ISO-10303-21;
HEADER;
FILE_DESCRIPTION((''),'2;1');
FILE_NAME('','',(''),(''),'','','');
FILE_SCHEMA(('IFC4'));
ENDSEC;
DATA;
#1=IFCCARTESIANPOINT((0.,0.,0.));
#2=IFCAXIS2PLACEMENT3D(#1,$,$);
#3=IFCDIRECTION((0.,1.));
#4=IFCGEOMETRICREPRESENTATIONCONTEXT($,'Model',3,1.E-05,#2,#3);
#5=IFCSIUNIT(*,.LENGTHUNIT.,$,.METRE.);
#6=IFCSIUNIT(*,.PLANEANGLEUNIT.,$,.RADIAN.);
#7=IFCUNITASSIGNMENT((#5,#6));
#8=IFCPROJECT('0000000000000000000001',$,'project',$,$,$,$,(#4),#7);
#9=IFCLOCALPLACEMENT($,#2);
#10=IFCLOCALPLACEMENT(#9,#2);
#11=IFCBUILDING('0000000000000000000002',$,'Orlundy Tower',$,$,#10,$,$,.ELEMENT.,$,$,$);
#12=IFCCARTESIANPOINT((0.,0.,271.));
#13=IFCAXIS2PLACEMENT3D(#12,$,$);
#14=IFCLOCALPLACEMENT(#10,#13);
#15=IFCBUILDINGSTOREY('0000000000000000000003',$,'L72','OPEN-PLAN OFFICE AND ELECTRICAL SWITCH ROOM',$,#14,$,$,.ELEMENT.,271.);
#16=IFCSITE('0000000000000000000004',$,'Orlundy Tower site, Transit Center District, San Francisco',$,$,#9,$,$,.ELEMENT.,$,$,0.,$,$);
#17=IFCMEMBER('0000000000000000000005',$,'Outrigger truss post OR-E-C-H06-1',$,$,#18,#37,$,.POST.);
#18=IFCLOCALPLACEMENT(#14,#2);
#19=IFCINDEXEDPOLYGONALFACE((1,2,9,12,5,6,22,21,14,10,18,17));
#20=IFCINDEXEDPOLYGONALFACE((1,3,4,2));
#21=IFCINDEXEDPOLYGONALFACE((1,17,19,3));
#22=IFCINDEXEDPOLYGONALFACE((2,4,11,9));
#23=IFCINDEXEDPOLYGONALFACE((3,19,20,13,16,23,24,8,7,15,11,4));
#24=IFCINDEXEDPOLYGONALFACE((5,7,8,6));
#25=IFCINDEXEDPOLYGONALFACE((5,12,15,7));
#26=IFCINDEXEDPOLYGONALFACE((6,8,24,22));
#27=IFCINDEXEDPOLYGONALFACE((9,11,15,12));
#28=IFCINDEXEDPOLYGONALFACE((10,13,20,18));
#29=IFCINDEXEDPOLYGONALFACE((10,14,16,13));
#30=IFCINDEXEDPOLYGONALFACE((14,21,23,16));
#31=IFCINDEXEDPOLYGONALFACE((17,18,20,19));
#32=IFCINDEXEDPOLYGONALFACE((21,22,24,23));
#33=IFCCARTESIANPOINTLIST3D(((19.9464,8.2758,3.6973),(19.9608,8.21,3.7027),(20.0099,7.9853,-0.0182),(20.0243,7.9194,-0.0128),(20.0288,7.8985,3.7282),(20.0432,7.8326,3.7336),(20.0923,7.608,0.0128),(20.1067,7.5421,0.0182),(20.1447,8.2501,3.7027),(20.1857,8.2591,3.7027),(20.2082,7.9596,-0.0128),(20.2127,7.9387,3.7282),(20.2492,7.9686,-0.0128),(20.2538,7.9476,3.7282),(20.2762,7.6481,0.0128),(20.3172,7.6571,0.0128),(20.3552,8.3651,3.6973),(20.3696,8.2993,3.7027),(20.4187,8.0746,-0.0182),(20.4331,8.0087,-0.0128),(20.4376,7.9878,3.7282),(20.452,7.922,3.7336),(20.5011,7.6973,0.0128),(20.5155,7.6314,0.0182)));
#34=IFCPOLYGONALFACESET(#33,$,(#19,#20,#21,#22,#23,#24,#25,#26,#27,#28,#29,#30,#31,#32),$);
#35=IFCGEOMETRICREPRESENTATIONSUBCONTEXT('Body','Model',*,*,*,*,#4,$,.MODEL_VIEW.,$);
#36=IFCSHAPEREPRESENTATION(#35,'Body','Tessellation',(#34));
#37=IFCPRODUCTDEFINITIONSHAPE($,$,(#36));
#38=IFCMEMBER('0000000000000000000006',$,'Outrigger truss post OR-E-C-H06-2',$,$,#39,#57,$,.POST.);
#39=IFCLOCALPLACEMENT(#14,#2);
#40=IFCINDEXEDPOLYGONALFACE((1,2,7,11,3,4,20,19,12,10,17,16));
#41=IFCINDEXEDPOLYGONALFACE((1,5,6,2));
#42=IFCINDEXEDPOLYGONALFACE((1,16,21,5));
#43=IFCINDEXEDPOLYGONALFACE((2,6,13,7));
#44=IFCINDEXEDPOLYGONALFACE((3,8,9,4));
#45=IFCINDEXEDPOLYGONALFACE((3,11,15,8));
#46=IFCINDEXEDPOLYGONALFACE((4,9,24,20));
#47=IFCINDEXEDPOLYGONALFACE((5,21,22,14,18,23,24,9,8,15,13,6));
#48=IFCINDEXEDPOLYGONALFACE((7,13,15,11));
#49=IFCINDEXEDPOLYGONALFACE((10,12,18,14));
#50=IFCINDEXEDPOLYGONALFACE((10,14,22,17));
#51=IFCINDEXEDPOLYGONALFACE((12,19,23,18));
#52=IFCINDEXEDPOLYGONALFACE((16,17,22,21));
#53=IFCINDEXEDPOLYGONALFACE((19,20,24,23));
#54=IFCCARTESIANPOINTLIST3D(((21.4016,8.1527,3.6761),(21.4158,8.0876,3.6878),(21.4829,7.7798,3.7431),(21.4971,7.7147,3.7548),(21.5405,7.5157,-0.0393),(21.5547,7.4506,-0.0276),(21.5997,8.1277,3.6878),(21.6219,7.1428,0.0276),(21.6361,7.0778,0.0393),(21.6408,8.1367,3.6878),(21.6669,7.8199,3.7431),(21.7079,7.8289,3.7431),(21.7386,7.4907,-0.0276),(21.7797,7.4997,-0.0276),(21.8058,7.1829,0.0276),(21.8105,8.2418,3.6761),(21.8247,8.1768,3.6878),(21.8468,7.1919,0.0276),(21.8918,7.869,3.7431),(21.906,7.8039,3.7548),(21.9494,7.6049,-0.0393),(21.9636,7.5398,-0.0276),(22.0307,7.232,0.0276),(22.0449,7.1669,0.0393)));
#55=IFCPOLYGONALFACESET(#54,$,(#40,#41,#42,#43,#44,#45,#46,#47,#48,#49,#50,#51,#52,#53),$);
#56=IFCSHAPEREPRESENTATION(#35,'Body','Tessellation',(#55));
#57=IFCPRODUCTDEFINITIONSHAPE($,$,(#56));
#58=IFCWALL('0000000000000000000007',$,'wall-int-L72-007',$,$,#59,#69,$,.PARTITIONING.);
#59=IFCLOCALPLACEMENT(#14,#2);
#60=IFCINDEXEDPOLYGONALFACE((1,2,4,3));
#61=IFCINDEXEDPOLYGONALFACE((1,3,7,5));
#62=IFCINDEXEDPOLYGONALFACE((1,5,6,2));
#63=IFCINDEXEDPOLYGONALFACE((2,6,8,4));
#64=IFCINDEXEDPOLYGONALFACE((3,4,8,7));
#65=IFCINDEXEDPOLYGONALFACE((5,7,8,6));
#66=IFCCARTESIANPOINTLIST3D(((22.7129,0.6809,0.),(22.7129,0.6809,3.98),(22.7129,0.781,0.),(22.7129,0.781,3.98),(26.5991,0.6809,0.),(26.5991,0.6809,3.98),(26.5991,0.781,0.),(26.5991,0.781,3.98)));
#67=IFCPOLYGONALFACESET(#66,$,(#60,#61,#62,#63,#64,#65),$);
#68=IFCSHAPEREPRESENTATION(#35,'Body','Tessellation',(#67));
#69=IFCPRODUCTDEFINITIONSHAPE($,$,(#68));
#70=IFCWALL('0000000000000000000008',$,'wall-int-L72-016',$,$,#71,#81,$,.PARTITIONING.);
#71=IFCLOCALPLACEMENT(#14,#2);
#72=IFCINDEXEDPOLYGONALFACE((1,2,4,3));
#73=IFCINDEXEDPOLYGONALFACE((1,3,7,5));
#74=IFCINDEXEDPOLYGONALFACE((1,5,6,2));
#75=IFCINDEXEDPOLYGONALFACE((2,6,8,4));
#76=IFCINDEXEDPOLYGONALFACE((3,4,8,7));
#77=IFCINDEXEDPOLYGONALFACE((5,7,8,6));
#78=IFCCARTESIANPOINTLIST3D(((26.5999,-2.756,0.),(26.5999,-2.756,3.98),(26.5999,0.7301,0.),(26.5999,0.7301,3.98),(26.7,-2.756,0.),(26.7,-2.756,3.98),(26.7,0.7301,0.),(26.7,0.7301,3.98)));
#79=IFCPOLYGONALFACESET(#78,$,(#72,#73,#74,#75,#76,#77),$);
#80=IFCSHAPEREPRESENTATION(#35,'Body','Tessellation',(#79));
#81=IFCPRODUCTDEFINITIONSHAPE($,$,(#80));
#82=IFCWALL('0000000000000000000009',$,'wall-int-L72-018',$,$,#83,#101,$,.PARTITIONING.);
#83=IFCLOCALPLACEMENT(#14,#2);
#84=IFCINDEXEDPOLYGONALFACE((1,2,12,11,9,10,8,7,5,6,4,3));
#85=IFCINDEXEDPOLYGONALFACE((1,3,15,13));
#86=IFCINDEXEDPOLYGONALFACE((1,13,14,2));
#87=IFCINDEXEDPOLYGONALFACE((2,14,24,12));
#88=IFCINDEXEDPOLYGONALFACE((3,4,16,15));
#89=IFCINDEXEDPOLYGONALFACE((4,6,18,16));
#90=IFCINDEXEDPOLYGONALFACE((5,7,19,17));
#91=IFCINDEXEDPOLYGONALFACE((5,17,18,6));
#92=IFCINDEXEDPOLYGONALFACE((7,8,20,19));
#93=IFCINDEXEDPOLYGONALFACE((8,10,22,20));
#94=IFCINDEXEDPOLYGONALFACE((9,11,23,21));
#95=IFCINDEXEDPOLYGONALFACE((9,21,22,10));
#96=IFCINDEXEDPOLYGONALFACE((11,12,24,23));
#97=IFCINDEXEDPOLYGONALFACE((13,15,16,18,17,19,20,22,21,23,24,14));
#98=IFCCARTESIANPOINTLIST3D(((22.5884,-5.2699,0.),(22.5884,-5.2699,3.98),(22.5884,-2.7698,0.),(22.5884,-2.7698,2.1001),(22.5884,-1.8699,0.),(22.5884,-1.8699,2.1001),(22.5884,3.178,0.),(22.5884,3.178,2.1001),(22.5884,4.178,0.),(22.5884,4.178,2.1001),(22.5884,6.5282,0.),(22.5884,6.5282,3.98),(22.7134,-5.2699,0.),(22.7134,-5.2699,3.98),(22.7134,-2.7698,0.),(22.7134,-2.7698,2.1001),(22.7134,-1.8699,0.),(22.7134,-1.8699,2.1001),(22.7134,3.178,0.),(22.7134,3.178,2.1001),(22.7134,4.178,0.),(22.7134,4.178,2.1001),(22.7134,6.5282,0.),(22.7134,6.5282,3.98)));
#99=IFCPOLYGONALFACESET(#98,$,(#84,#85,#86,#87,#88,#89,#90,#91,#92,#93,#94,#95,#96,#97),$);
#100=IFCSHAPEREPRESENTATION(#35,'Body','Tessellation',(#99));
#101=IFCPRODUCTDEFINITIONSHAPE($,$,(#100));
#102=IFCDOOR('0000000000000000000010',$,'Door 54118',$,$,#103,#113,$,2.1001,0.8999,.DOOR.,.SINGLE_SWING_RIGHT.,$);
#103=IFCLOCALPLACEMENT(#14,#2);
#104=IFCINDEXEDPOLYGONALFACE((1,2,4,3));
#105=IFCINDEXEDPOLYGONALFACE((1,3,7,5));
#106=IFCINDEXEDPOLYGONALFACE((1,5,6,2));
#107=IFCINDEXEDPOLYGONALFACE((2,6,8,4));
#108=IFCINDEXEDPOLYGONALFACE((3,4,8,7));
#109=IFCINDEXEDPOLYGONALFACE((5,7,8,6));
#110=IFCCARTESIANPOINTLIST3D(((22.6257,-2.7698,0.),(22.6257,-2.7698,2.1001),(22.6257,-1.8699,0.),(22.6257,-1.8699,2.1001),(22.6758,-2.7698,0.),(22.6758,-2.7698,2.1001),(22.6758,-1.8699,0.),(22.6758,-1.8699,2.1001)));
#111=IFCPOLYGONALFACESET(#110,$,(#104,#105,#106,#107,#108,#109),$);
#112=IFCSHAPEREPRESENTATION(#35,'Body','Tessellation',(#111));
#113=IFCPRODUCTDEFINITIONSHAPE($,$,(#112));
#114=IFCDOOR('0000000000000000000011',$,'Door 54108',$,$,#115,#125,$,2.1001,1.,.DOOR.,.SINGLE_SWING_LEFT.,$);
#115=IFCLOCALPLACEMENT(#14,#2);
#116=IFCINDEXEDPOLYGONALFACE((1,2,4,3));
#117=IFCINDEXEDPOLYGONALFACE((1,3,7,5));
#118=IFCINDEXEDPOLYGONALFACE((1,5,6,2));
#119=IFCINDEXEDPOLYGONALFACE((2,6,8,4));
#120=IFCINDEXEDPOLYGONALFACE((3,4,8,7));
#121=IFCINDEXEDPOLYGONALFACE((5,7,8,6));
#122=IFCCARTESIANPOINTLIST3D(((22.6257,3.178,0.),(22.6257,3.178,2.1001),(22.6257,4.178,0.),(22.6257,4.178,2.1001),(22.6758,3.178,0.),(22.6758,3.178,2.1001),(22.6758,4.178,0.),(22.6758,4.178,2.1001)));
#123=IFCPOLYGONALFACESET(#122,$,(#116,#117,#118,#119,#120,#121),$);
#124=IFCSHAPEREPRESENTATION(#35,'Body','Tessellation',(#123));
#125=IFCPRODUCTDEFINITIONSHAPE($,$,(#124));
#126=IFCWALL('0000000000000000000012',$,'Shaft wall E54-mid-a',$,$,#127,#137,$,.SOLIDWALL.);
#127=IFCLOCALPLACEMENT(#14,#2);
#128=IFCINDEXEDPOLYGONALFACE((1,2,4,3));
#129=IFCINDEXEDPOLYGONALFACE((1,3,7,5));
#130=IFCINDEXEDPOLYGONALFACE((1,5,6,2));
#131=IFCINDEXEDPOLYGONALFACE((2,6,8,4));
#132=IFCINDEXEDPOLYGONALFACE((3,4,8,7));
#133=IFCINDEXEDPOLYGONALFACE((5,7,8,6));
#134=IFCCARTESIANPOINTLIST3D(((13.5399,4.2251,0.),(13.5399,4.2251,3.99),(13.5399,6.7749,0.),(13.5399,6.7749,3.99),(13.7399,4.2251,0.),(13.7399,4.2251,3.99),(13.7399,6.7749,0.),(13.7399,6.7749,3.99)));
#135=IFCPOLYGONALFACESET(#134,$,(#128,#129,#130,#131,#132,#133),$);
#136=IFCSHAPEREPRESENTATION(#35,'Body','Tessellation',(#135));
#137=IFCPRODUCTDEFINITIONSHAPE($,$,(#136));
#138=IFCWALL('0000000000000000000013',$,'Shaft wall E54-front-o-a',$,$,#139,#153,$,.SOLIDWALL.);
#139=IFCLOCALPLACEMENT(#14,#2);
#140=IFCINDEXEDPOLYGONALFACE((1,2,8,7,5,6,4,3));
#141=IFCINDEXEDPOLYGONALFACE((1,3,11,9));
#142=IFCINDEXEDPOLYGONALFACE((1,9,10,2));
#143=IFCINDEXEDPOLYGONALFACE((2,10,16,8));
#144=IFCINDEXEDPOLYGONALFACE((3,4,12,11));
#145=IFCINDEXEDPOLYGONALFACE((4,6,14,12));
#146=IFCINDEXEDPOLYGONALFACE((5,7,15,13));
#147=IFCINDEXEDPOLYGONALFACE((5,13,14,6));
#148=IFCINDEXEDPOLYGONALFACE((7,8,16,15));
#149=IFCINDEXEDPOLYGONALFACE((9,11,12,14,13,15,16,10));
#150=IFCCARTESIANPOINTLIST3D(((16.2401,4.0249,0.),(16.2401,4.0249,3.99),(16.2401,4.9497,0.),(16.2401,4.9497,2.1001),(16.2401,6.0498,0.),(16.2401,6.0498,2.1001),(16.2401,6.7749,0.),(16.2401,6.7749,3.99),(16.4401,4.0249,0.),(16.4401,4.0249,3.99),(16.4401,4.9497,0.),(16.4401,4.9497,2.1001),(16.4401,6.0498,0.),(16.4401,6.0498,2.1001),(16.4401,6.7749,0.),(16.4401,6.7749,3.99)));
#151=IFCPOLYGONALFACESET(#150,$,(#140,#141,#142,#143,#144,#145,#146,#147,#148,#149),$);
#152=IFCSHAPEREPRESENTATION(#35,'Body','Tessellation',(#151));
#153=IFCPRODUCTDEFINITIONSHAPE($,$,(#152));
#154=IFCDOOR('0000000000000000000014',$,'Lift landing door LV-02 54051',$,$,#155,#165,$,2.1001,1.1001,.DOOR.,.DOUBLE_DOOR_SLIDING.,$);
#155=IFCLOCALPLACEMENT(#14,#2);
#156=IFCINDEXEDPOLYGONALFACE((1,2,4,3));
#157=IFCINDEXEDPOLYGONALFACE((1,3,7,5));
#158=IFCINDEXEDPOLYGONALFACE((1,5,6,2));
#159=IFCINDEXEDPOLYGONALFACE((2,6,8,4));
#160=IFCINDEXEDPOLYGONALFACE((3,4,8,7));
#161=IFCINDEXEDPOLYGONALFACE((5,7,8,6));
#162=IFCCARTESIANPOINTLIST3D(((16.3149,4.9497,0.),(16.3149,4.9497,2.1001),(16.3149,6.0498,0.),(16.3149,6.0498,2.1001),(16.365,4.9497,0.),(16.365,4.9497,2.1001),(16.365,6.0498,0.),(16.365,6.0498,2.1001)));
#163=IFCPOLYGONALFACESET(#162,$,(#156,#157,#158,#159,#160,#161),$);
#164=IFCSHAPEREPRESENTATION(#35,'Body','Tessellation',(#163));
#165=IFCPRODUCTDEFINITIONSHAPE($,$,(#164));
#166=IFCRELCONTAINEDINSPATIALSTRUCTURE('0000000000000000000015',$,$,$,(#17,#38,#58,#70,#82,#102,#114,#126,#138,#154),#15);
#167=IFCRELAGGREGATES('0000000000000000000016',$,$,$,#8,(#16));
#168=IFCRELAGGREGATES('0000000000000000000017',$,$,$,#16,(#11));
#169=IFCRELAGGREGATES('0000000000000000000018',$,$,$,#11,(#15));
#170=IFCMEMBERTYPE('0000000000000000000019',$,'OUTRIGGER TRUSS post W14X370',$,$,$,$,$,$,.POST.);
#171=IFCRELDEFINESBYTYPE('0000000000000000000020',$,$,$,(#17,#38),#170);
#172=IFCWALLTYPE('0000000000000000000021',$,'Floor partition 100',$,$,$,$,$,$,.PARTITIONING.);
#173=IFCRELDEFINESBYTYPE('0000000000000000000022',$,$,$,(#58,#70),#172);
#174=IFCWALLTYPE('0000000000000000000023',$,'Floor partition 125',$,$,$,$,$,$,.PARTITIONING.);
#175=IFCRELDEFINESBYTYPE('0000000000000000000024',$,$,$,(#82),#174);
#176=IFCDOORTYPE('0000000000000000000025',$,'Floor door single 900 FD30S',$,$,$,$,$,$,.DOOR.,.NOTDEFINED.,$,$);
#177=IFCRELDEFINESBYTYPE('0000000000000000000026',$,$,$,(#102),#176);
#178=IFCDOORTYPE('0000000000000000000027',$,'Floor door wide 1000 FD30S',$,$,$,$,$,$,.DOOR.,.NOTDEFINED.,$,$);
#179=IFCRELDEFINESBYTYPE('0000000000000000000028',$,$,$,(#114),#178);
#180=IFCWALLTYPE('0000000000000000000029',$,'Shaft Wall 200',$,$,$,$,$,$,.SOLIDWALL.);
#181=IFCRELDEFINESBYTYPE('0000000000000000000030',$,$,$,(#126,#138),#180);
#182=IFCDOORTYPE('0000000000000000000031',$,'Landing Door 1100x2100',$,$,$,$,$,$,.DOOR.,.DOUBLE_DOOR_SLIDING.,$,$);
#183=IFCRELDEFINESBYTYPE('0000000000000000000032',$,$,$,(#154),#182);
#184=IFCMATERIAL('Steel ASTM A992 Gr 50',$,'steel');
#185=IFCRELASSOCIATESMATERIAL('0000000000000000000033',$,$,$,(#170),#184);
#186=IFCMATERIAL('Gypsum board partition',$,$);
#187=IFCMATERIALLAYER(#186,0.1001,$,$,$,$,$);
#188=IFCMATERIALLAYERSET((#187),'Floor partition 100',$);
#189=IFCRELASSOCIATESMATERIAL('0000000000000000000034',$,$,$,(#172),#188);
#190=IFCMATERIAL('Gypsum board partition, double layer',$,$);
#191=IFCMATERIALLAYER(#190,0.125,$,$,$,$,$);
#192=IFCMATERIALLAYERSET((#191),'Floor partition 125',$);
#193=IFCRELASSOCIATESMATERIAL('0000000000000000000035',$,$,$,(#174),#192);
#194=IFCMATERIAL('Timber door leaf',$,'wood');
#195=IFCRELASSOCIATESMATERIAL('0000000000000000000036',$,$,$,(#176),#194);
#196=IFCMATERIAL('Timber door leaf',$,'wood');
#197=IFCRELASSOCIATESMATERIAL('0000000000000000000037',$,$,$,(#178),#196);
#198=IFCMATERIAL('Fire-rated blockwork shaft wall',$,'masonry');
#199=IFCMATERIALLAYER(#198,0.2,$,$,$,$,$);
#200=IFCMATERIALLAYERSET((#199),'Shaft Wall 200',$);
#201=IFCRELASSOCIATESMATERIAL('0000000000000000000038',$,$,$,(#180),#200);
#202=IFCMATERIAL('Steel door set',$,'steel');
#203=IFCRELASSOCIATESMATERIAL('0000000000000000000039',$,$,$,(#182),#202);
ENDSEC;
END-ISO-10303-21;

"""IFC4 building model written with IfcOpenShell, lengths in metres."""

from ifc_helpers import new_model, si_unit, direction, frame, frame_2d, origin, origin_2d, place, context, subcontext, project, spatial, rectangle, i_section, extrude, material, layer, layer_set, material_profile, profile_set, type_object, element, fill, save


model = new_model("IFC4")

# Units and contexts
model_context = context("Model", 3, precision=1e-05, world=origin(), true_north=direction((0.0, 1.0)))
body_context = subcontext(model_context, "Body", "Model", "MODEL_VIEW")
ifc_project = project(units=[si_unit("LENGTHUNIT", "METRE"), si_unit("PLANEANGLEUNIT", "RADIAN")], contexts=[model_context])

# Site, building, storey
site_placement = place(None, origin())
site = spatial("IfcSite", under=ifc_project, at=site_placement, Name="Orlundy Tower site, Transit Center District, San Francisco", CompositionType="ELEMENT", RefElevation=0.0)
building_placement = place(site_placement, origin())
building = spatial("IfcBuilding", under=site, at=building_placement, Name="Orlundy Tower", CompositionType="ELEMENT")
storey_placement = place(building_placement, frame((0.0, 0.0, 271.0)))
storey = spatial("IfcBuildingStorey", under=building, at=storey_placement, Name="L72", Description="OPEN-PLAN OFFICE AND ELECTRICAL SWITCH ROOM", CompositionType="ELEMENT", Elevation=271.0)

# Members
ifc_material_1 = material(Name="Steel ASTM A992 Gr 50", Category="steel")
ifc_material_profile = material_profile(ifc_material_1, i_section(OverallWidth=0.4185, OverallDepth=0.4551, WebThickness=0.042, FlangeThickness=0.0676, at=origin_2d()), Name="W14X370")
ifc_profile_set = profile_set([ifc_material_profile], Name="Steel ASTM A992 Gr 50")
member_type = type_object("IfcMemberType", Name="OUTRIGGER TRUSS post W14X370", PredefinedType="POST", material=ifc_profile_set)
member_1_placement = place(storey_placement, frame((20.2627, 7.8083, 0.0), z_axis=(-0.017031, 0.077948, 0.996812), x_axis=(-0.976954, -0.213452, 0.0)))
element("IfcMember", 1, at=member_1_placement, inside=storey, type_object=member_type, Name="Outrigger truss post OR-E-C-H06-1", PredefinedType="POST", context=body_context, shape_type="SweptSolid", body=[
    extrude(i_section(OverallWidth=0.4185, OverallDepth=0.4551, WebThickness=0.042, FlangeThickness=0.0676, at=origin_2d()), origin(), (0.0, 0.0, 1.0), 3.7273),
])
member_2_placement = place(storey_placement, frame((21.7927, 7.3413, 0.0), z_axis=(-0.036827, 0.168862, 0.984951), x_axis=(-0.977034, -0.213083, 0.0)))
element("IfcMember", 2, at=member_2_placement, inside=storey, type_object=member_type, Name="Outrigger truss post OR-E-C-H06-2", PredefinedType="POST", context=body_context, shape_type="SweptSolid", body=[
    extrude(i_section(OverallWidth=0.4185, OverallDepth=0.4551, WebThickness=0.042, FlangeThickness=0.0676, at=origin_2d()), origin(), (0.0, 0.0, 1.0), 3.7722),
])

# Walls
ifc_material_2 = material(Name="Gypsum board partition")
ifc_layer_1 = layer(ifc_material_2, 0.1001)
ifc_layer_set_1 = layer_set([ifc_layer_1], Name="Floor partition 100")
wall_type_1 = type_object("IfcWallType", Name="Floor partition 100", PredefinedType="PARTITIONING", material=ifc_layer_set_1)
wall_1_placement = place(storey_placement, frame((22.7129, 0.731, 0.0), z_axis=(0.0, 0.0, 1.0), x_axis=(1.0, 0.0, 0.0)))
element("IfcWall", 3, at=wall_1_placement, inside=storey, type_object=wall_type_1, Name="wall-int-L72-007", PredefinedType="PARTITIONING", context=body_context, shape_type="SweptSolid", body=[
    extrude(rectangle(XDim=3.8862, YDim=0.1001, at=frame_2d((1.9431, 0.0))), origin(), (0.0, 0.0, 1.0), 3.98),
])
wall_2_placement = place(storey_placement, frame((26.6499, -2.7561, 0.0), z_axis=(0.0, 0.0, 1.0), x_axis=(0.0, 1.0, 0.0)))
element("IfcWall", 4, at=wall_2_placement, inside=storey, type_object=wall_type_1, Name="wall-int-L72-016", PredefinedType="PARTITIONING", context=body_context, shape_type="SweptSolid", body=[
    extrude(rectangle(XDim=3.4861, YDim=0.1001, at=frame_2d((1.7432, 0.0))), origin(), (0.0, 0.0, 1.0), 3.98),
])

# Wall, openings, doors
ifc_material_3 = material(Name="Gypsum board partition, double layer")
ifc_layer_2 = layer(ifc_material_3, 0.125)
ifc_layer_set_2 = layer_set([ifc_layer_2], Name="Floor partition 125")
wall_type_2 = type_object("IfcWallType", Name="Floor partition 125", PredefinedType="PARTITIONING", material=ifc_layer_set_2)
wall_3_placement = place(storey_placement, frame((22.6509, 6.5281, 0.0), z_axis=(0.0, 0.0, 1.0), x_axis=(0.0, -1.0, 0.0)))
wall_3 = element("IfcWall", 5, at=wall_3_placement, inside=storey, type_object=wall_type_2, Name="wall-int-L72-018", PredefinedType="PARTITIONING", context=body_context, shape_type="SweptSolid", body=[
    extrude(rectangle(XDim=11.7981, YDim=0.125, at=frame_2d((5.8989, 0.0))), origin(), (0.0, 0.0, 1.0), 3.98),
])
opening_1_placement = place(wall_3_placement, frame((2.3501, 0.0, 0.0)))
opening_1 = element("IfcOpeningElement", 6, at=opening_1_placement, cuts=wall_3, PredefinedType="OPENING", context=body_context, shape_type="SweptSolid", body=[
    extrude(rectangle(XDim=1.0, YDim=2.1001, at=frame_2d((0.5, 1.05))), frame((0.0, 0.0725, 0.0), z_axis=(0.0, -1.0, 0.0), x_axis=(1.0, 0.0, 0.0)), (0.0, 0.0, 1.0), 0.145),
])
opening_2_placement = place(wall_3_placement, frame((8.3979, 0.0, 0.0)))
opening_2 = element("IfcOpeningElement", 7, at=opening_2_placement, cuts=wall_3, PredefinedType="OPENING", context=body_context, shape_type="SweptSolid", body=[
    extrude(rectangle(XDim=0.8999, YDim=2.1001, at=frame_2d((0.45, 1.05))), frame((0.0, 0.0725, 0.0), z_axis=(0.0, -1.0, 0.0), x_axis=(1.0, 0.0, 0.0)), (0.0, 0.0, 1.0), 0.145),
])
ifc_material_4 = material(Name="Timber door leaf", Category="wood")
door_type_1 = type_object("IfcDoorType", Name="Floor door single 900 FD30S", OperationType="NOTDEFINED", PredefinedType="DOOR", material=ifc_material_4)
door_1_placement = place(opening_2_placement, origin())
door_1 = element("IfcDoor", 8, at=door_1_placement, inside=storey, type_object=door_type_1, Name="Door 54118", OperationType="SINGLE_SWING_RIGHT", OverallHeight=2.1001, OverallWidth=0.8999, PredefinedType="DOOR", context=body_context, shape_type="SweptSolid", body=[
    extrude(rectangle(XDim=0.8999, YDim=2.1001, at=frame_2d((0.45, 1.05))), frame((0.0, 0.0249, 0.0), z_axis=(0.0, -1.0, 0.0), x_axis=(1.0, 0.0, 0.0)), (0.0, 0.0, 1.0), 0.05),
])
fill(opening_2, door_1)
ifc_material_5 = material(Name="Timber door leaf", Category="wood")
door_type_2 = type_object("IfcDoorType", Name="Floor door wide 1000 FD30S", OperationType="NOTDEFINED", PredefinedType="DOOR", material=ifc_material_5)
door_2_placement = place(opening_1_placement, origin())
door_2 = element("IfcDoor", 9, at=door_2_placement, inside=storey, type_object=door_type_2, Name="Door 54108", OperationType="SINGLE_SWING_LEFT", OverallHeight=2.1001, OverallWidth=1.0, PredefinedType="DOOR", context=body_context, shape_type="SweptSolid", body=[
    extrude(rectangle(XDim=1.0, YDim=2.1001, at=frame_2d((0.5, 1.05))), frame((0.0, 0.0249, 0.0), z_axis=(0.0, -1.0, 0.0), x_axis=(1.0, 0.0, 0.0)), (0.0, 0.0, 1.0), 0.05),
])
fill(opening_1, door_2)

# Wall
ifc_material_6 = material(Name="Fire-rated blockwork shaft wall", Category="masonry")
ifc_layer_3 = layer(ifc_material_6, 0.2)
ifc_layer_set_3 = layer_set([ifc_layer_3], Name="Shaft Wall 200")
wall_type_3 = type_object("IfcWallType", Name="Shaft Wall 200", PredefinedType="SOLIDWALL", material=ifc_layer_set_3)
wall_4_placement = place(storey_placement, frame((13.6399, 6.7749, 0.0), z_axis=(0.0, 0.0, 1.0), x_axis=(0.0, -1.0, 0.0)))
element("IfcWall", 10, at=wall_4_placement, inside=storey, type_object=wall_type_3, Name="Shaft wall E54-mid-a", PredefinedType="SOLIDWALL", context=body_context, shape_type="SweptSolid", body=[
    extrude(rectangle(XDim=2.5498, YDim=0.2, at=frame_2d((1.2749, 0.0))), origin(), (0.0, 0.0, 1.0), 3.99),
])

# Wall, opening, door
wall_5_placement = place(storey_placement, frame((16.3401, 6.7749, 0.0), z_axis=(0.0, 0.0, 1.0), x_axis=(0.0, -1.0, 0.0)))
wall_5 = element("IfcWall", 11, at=wall_5_placement, inside=storey, type_object=wall_type_3, Name="Shaft wall E54-front-o-a", PredefinedType="SOLIDWALL", context=body_context, shape_type="SweptSolid", body=[
    extrude(rectangle(XDim=2.75, YDim=0.2, at=frame_2d((1.375, 0.0))), origin(), (0.0, 0.0, 1.0), 3.99),
])
opening_3_placement = place(wall_5_placement, frame((0.7251, 0.0, 0.0)))
opening_3 = element("IfcOpeningElement", 12, at=opening_3_placement, cuts=wall_5, PredefinedType="OPENING", context=body_context, shape_type="SweptSolid", body=[
    extrude(rectangle(XDim=1.1001, YDim=2.1001, at=frame_2d((0.55, 1.05))), frame((0.0, 0.1101, 0.0), z_axis=(0.0, -1.0, 0.0), x_axis=(1.0, 0.0, 0.0)), (0.0, 0.0, 1.0), 0.2202),
])
ifc_material_7 = material(Name="Steel door set", Category="steel")
door_type_3 = type_object("IfcDoorType", Name="Landing Door 1100x2100", OperationType="DOUBLE_DOOR_SLIDING", PredefinedType="DOOR", material=ifc_material_7)
door_3_placement = place(opening_3_placement, origin())
door_3 = element("IfcDoor", 13, at=door_3_placement, inside=storey, type_object=door_type_3, Name="Lift landing door LV-02 54051", OperationType="DOUBLE_DOOR_SLIDING", OverallHeight=2.1001, OverallWidth=1.1001, PredefinedType="DOOR", context=body_context, shape_type="SweptSolid", body=[
    extrude(rectangle(XDim=1.1001, YDim=2.1001, at=frame_2d((0.55, 1.05))), frame((0.0, 0.0249, 0.0), z_axis=(0.0, -1.0, 0.0), x_axis=(1.0, 0.0, 0.0)), (0.0, 0.0, 1.0), 0.05),
])
fill(opening_3, door_3)

save(model, "model.ifc")
